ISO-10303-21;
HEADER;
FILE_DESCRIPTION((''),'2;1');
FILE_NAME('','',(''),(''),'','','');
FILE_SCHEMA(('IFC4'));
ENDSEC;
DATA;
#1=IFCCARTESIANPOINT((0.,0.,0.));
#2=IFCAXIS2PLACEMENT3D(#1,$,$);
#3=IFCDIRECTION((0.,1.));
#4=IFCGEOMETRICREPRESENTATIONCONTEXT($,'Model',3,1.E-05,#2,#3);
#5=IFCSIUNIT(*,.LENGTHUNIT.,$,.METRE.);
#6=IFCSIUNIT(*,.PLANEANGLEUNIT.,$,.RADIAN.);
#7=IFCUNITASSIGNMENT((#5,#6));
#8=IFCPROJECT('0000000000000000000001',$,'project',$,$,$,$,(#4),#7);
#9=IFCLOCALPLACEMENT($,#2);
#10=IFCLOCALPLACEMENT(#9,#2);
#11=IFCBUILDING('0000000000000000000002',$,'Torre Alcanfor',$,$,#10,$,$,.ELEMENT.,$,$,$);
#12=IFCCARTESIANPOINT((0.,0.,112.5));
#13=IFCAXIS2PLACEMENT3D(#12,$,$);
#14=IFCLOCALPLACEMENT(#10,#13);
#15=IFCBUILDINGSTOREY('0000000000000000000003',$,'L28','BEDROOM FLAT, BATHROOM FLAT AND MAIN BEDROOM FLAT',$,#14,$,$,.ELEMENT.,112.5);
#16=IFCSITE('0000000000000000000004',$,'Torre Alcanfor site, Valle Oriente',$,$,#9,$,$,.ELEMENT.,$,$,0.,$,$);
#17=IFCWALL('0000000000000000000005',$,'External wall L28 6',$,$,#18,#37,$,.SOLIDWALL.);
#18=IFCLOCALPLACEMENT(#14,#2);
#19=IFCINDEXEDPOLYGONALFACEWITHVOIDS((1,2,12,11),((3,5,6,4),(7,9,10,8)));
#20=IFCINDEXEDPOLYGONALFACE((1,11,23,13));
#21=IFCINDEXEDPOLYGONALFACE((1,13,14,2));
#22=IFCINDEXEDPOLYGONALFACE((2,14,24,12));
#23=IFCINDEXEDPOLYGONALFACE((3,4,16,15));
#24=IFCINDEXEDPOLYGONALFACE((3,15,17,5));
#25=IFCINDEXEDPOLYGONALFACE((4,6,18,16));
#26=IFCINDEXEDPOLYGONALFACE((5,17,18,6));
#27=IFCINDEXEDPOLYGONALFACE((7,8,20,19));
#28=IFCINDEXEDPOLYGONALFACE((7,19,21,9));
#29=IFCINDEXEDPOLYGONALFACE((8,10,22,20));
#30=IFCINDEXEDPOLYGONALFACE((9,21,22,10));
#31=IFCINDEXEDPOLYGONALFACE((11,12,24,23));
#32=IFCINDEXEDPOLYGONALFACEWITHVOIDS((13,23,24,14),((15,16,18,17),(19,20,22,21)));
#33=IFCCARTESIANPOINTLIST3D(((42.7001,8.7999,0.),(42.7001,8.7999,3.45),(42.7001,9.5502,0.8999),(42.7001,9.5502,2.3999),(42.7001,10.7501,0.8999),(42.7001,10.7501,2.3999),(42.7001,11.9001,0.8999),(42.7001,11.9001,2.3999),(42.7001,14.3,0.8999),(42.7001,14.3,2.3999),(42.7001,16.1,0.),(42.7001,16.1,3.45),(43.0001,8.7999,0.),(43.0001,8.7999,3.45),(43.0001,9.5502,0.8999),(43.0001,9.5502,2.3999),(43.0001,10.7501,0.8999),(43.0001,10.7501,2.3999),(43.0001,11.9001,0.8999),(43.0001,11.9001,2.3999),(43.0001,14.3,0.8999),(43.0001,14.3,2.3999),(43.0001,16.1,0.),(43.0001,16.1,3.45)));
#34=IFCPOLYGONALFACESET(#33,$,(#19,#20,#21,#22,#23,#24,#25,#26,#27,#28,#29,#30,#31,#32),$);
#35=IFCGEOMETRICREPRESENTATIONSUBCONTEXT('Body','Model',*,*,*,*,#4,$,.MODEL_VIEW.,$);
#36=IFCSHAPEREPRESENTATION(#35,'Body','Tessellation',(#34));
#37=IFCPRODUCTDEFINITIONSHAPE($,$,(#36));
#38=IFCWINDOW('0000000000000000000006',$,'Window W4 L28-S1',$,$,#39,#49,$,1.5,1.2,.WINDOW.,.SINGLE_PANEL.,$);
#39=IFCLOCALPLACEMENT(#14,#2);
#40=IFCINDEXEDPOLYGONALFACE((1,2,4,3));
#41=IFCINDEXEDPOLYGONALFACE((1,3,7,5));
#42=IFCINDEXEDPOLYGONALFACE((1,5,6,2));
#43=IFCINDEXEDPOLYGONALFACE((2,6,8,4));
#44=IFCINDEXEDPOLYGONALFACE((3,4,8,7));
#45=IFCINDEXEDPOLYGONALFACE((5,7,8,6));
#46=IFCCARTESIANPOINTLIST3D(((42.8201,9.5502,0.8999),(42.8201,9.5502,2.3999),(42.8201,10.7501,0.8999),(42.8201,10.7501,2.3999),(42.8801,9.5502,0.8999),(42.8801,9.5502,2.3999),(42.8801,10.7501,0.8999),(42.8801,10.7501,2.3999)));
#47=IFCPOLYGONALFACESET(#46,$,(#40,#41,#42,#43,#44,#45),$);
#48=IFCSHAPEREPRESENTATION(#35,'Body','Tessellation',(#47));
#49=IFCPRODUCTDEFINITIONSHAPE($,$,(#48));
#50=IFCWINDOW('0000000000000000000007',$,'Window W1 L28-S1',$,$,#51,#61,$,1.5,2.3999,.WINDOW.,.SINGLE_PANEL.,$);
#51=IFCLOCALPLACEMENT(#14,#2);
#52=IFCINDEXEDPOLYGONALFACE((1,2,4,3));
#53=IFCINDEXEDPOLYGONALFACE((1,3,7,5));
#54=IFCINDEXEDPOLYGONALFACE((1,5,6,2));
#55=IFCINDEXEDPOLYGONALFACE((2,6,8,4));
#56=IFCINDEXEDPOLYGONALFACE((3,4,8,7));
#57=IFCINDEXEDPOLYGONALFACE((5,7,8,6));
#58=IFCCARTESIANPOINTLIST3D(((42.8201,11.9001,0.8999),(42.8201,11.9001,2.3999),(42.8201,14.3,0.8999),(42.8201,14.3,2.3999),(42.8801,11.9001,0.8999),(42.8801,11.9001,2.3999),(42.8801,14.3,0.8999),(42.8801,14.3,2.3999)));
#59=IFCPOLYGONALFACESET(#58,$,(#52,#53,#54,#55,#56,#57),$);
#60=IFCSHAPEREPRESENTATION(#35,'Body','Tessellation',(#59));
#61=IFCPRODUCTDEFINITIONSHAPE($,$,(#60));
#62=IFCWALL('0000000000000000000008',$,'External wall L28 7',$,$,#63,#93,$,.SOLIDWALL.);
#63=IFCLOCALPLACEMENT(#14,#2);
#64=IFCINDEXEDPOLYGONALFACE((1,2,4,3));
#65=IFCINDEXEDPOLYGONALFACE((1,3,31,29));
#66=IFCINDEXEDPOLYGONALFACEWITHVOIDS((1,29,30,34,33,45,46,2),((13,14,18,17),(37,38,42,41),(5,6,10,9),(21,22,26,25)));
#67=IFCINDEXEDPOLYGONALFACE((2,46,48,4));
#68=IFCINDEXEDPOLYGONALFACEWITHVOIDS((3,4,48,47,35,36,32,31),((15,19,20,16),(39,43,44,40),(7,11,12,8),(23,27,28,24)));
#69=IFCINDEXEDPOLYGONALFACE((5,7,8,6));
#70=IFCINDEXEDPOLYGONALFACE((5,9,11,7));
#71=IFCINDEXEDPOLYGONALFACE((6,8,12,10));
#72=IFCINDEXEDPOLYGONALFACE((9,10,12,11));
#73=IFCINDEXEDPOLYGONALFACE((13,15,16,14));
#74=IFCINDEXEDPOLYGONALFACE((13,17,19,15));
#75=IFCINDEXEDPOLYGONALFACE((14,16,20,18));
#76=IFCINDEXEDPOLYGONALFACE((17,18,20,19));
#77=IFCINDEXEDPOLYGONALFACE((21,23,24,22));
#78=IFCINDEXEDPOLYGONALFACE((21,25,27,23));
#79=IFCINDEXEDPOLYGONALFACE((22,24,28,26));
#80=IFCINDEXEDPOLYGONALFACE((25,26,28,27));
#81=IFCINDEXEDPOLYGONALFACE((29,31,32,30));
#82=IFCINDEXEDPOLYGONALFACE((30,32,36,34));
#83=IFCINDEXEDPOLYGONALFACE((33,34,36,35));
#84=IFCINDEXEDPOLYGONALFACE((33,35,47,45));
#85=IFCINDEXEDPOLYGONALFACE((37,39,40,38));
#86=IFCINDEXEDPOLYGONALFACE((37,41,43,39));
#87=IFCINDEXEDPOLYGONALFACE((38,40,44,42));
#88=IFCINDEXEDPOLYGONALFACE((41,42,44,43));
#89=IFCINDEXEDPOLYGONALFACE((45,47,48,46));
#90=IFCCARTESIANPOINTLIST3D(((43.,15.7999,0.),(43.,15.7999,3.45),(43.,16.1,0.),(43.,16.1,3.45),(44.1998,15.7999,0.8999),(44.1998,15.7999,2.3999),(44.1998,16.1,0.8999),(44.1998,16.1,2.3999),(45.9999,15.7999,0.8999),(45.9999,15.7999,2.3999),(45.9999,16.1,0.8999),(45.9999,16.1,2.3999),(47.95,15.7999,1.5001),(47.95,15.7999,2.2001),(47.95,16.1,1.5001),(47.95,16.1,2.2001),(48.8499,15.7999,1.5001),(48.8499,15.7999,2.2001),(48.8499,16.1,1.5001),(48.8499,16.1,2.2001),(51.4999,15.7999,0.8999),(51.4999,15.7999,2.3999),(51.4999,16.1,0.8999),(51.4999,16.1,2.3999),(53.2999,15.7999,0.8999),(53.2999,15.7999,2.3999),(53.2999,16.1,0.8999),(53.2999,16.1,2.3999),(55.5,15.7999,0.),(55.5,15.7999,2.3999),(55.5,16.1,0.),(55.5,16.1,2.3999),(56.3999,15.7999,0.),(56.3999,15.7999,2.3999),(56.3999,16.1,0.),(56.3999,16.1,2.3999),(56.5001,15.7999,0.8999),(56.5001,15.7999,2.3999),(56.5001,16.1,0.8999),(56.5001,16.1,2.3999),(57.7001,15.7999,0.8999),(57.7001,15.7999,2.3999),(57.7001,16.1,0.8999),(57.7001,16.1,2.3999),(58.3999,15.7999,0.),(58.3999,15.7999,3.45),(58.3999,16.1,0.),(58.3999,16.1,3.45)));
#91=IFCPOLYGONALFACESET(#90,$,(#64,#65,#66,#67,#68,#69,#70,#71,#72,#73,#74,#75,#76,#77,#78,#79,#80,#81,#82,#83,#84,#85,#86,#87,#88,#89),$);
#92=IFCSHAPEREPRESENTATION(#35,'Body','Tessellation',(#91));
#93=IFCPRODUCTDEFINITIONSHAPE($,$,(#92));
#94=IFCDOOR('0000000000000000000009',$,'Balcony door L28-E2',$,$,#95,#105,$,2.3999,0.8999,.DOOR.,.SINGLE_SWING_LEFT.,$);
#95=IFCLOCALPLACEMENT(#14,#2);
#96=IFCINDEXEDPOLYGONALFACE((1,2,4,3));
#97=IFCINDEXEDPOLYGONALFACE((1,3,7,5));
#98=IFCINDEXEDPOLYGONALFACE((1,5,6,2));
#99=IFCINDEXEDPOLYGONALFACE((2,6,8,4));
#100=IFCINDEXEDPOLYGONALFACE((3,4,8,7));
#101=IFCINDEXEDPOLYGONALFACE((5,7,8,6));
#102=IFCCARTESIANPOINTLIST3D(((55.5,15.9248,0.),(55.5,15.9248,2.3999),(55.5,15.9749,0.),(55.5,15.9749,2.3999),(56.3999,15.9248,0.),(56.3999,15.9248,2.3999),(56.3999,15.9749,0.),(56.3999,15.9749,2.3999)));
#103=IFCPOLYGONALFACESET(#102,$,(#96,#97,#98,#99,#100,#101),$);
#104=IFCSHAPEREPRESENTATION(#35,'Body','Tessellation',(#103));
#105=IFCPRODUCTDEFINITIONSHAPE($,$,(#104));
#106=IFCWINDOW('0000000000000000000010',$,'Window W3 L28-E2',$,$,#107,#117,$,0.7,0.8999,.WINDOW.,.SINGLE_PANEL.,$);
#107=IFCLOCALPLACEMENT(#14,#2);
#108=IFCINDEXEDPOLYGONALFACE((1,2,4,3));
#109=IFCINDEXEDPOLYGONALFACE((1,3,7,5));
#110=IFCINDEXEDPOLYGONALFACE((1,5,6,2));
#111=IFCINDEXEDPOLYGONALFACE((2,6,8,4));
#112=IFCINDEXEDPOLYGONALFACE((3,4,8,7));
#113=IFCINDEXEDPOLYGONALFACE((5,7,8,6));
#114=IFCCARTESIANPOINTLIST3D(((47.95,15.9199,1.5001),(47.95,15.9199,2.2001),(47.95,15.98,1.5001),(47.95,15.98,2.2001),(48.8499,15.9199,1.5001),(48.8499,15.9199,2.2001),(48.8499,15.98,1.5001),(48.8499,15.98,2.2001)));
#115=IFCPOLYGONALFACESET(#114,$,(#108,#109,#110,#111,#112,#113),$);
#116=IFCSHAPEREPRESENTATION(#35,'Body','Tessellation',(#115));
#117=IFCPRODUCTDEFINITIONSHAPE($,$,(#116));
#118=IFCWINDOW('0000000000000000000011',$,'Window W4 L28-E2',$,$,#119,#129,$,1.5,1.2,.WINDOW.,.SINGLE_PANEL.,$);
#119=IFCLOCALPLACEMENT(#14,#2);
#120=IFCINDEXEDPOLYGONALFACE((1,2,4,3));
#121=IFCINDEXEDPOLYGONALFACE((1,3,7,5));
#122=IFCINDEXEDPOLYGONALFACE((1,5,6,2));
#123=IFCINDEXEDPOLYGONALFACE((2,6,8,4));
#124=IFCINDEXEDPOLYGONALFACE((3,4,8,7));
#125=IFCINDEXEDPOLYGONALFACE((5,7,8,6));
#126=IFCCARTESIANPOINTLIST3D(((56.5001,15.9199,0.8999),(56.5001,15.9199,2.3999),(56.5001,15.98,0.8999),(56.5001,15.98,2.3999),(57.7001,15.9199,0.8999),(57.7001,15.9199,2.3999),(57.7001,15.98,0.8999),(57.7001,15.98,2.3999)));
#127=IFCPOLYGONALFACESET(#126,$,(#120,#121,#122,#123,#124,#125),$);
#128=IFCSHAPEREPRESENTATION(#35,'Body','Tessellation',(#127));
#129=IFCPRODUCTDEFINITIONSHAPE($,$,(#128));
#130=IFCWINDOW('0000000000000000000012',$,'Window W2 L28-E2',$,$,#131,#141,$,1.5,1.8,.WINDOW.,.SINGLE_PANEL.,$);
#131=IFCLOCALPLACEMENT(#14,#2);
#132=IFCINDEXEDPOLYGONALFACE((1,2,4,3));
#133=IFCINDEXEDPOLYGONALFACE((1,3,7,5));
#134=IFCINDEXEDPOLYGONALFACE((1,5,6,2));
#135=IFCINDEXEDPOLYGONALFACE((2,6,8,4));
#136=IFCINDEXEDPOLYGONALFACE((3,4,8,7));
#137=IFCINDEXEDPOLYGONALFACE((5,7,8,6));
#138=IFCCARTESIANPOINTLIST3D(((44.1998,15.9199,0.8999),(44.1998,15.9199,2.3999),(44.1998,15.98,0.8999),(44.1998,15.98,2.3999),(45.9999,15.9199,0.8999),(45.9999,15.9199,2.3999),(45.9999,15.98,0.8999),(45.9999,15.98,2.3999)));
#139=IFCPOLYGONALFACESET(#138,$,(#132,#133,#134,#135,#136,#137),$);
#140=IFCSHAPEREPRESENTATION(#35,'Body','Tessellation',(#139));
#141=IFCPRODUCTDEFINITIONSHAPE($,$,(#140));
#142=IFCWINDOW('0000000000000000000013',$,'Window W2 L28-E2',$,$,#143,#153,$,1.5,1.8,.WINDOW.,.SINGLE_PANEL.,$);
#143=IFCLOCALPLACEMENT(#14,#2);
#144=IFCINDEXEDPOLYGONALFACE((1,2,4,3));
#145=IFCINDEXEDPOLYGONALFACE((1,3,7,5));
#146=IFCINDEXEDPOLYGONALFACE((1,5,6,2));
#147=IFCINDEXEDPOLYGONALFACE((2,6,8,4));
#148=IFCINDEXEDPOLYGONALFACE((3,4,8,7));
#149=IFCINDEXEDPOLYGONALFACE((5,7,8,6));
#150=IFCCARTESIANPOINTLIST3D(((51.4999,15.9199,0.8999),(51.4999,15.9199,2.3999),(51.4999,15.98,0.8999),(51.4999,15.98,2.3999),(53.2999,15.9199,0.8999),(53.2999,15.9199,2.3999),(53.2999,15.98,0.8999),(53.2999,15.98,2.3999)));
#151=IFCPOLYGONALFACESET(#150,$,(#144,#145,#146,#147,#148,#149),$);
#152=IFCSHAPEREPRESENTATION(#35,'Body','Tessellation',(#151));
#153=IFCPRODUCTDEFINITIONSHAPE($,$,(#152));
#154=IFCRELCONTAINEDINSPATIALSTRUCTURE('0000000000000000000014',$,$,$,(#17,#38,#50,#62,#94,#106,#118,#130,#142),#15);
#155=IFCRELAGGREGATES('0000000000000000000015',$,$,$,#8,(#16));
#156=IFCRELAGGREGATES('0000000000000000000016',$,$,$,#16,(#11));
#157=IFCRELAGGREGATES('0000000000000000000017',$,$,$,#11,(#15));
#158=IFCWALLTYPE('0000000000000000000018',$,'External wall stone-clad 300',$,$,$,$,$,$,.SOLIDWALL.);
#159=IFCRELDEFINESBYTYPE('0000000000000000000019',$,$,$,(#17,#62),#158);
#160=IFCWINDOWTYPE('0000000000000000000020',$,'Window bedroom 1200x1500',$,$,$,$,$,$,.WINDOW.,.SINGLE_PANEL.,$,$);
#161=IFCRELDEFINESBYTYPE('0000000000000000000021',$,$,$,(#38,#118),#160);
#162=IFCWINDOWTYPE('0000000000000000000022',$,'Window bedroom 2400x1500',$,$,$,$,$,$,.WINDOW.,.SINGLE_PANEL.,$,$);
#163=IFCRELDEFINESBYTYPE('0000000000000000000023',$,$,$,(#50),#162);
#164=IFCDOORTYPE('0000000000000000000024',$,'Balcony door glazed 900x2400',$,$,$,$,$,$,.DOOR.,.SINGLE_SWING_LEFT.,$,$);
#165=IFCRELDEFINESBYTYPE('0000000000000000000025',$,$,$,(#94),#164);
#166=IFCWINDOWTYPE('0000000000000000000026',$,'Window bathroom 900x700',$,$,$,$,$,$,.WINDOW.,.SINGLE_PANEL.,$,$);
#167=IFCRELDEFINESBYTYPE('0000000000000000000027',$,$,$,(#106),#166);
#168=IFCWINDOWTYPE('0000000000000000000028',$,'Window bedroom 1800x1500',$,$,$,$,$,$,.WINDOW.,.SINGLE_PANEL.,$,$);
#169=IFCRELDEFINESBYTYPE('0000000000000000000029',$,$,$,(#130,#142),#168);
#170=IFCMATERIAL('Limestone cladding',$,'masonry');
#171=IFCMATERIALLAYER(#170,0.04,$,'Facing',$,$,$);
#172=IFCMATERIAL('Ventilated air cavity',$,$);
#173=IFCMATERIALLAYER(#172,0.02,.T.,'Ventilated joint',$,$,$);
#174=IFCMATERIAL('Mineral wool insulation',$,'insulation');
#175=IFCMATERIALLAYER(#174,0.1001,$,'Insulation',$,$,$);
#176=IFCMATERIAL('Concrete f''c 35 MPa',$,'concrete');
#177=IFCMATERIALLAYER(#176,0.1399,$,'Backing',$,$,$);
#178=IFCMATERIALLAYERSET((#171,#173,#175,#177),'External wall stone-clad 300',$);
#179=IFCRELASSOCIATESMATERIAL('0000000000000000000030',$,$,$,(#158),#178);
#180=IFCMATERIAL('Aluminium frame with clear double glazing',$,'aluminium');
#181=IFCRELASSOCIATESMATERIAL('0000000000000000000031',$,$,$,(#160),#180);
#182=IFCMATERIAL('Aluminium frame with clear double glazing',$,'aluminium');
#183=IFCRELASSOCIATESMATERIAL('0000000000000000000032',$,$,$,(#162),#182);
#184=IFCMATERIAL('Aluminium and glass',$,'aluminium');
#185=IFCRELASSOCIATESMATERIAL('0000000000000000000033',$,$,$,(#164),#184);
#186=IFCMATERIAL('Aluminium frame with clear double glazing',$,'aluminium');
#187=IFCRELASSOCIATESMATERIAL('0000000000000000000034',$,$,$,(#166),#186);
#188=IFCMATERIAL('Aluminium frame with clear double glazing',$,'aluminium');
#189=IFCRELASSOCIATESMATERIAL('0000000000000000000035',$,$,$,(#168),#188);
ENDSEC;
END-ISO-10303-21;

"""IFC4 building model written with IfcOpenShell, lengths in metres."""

from ifc_helpers import new_model, si_unit, direction, frame, frame_2d, origin, place, context, subcontext, project, spatial, rectangle, extrude, material, layer, layer_set, type_object, element, fill, save


model = new_model("IFC4")

# Units and contexts
model_context = context("Model", 3, precision=1e-05, world=origin(), true_north=direction((0.0, 1.0)))
body_context = subcontext(model_context, "Body", "Model", "MODEL_VIEW")
ifc_project = project(units=[si_unit("LENGTHUNIT", "METRE"), si_unit("PLANEANGLEUNIT", "RADIAN")], contexts=[model_context])

# Site, building, storey
site_placement = place(None, origin())
site = spatial("IfcSite", under=ifc_project, at=site_placement, Name="Torre Alcanfor site, Valle Oriente", CompositionType="ELEMENT", RefElevation=0.0)
building_placement = place(site_placement, origin())
building = spatial("IfcBuilding", under=site, at=building_placement, Name="Torre Alcanfor", CompositionType="ELEMENT")
storey_placement = place(building_placement, frame((0.0, 0.0, 112.5)))
storey = spatial("IfcBuildingStorey", under=building, at=storey_placement, Name="L28", Description="BEDROOM FLAT, BATHROOM FLAT AND MAIN BEDROOM FLAT", CompositionType="ELEMENT", Elevation=112.5)

# Wall, openings, windows
ifc_material_1 = material(Name="Limestone cladding", Category="masonry")
ifc_layer_1 = layer(ifc_material_1, 0.04, Name="Facing")
ifc_material_2 = material(Name="Ventilated air cavity")
ifc_layer_2 = layer(ifc_material_2, 0.02, ventilated=True, Name="Ventilated joint")
ifc_material_3 = material(Name="Mineral wool insulation", Category="insulation")
ifc_layer_3 = layer(ifc_material_3, 0.1001, Name="Insulation")
ifc_material_4 = material(Name="Concrete f'c 35 MPa", Category="concrete")
ifc_layer_4 = layer(ifc_material_4, 0.1399, Name="Backing")
ifc_layer_set_1 = layer_set([ifc_layer_1, ifc_layer_2, ifc_layer_3, ifc_layer_4], Name="External wall stone-clad 300")
wall_type_1 = type_object("IfcWallType", Name="External wall stone-clad 300", PredefinedType="SOLIDWALL", material=ifc_layer_set_1)
wall_1_placement = place(storey_placement, frame((42.8501, 8.8, 0.0), z_axis=(0.0, 0.0, 1.0), x_axis=(0.0, 1.0, 0.0)))
wall_1 = element("IfcWall", 1, at=wall_1_placement, inside=storey, type_object=wall_type_1, Name="External wall L28 6", PredefinedType="SOLIDWALL", context=body_context, shape_type="SweptSolid", body=[
    extrude(rectangle(XDim=7.3, YDim=0.3, at=frame_2d((3.6499, 0.0))), origin(), (0.0, 0.0, 1.0), 3.45),
])
opening_1_placement = place(wall_1_placement, frame((3.1001, 0.0, 0.8999)))
opening_1 = element("IfcOpeningElement", 2, at=opening_1_placement, cuts=wall_1, PredefinedType="OPENING", context=body_context, shape_type="SweptSolid", body=[
    extrude(rectangle(XDim=2.3999, YDim=1.5, at=frame_2d((1.2, 0.75))), frame((0.0, 0.1599, 0.0), z_axis=(0.0, -1.0, 0.0), x_axis=(1.0, 0.0, 0.0)), (0.0, 0.0, 1.0), 0.3201),
])
opening_2_placement = place(wall_1_placement, frame((0.75, 0.0, 0.8999)))
opening_2 = element("IfcOpeningElement", 3, at=opening_2_placement, cuts=wall_1, PredefinedType="OPENING", context=body_context, shape_type="SweptSolid", body=[
    extrude(rectangle(XDim=1.2, YDim=1.5, at=frame_2d((0.6001, 0.75))), frame((0.0, 0.1599, 0.0), z_axis=(0.0, -1.0, 0.0), x_axis=(1.0, 0.0, 0.0)), (0.0, 0.0, 1.0), 0.3201),
])
ifc_material_5 = material(Name="Aluminium frame with clear double glazing", Category="aluminium")
window_type_1 = type_object("IfcWindowType", Name="Window bedroom 1200x1500", PartitioningType="SINGLE_PANEL", PredefinedType="WINDOW", material=ifc_material_5)
window_1_placement = place(opening_2_placement, origin())
window_1 = element("IfcWindow", 4, at=window_1_placement, inside=storey, type_object=window_type_1, Name="Window W4 L28-S1", OverallHeight=1.5, OverallWidth=1.2, PartitioningType="SINGLE_PANEL", PredefinedType="WINDOW", context=body_context, shape_type="SweptSolid", body=[
    extrude(rectangle(XDim=1.2, YDim=1.5, at=frame_2d((0.6001, 0.75))), frame((0.0, 0.03, 0.0), z_axis=(0.0, -1.0, 0.0), x_axis=(1.0, 0.0, 0.0)), (0.0, 0.0, 1.0), 0.0601),
])
fill(opening_2, window_1)
ifc_material_6 = material(Name="Aluminium frame with clear double glazing", Category="aluminium")
window_type_2 = type_object("IfcWindowType", Name="Window bedroom 2400x1500", PartitioningType="SINGLE_PANEL", PredefinedType="WINDOW", material=ifc_material_6)
window_2_placement = place(opening_1_placement, origin())
window_2 = element("IfcWindow", 5, at=window_2_placement, inside=storey, type_object=window_type_2, Name="Window W1 L28-S1", OverallHeight=1.5, OverallWidth=2.3999, PartitioningType="SINGLE_PANEL", PredefinedType="WINDOW", context=body_context, shape_type="SweptSolid", body=[
    extrude(rectangle(XDim=2.3999, YDim=1.5, at=frame_2d((1.2, 0.75))), frame((0.0, 0.03, 0.0), z_axis=(0.0, -1.0, 0.0), x_axis=(1.0, 0.0, 0.0)), (0.0, 0.0, 1.0), 0.0601),
])
fill(opening_1, window_2)

# Wall, openings, door, windows
wall_2_placement = place(storey_placement, frame((43.0, 15.95, 0.0), z_axis=(0.0, 0.0, 1.0), x_axis=(1.0, 0.0, 0.0)))
wall_2 = element("IfcWall", 6, at=wall_2_placement, inside=storey, type_object=wall_type_1, Name="External wall L28 7", PredefinedType="SOLIDWALL", context=body_context, shape_type="SweptSolid", body=[
    extrude(rectangle(XDim=15.3999, YDim=0.3, at=frame_2d((7.7, 0.0))), origin(), (0.0, 0.0, 1.0), 3.45),
])
opening_3_placement = place(wall_2_placement, frame((1.2, 0.0, 0.8999)))
opening_3 = element("IfcOpeningElement", 7, at=opening_3_placement, cuts=wall_2, PredefinedType="OPENING", context=body_context, shape_type="SweptSolid", body=[
    extrude(rectangle(XDim=1.8, YDim=1.5, at=frame_2d((0.8999, 0.75))), frame((0.0, 0.1599, 0.0), z_axis=(0.0, -1.0, 0.0), x_axis=(1.0, 0.0, 0.0)), (0.0, 0.0, 1.0), 0.3201),
])
opening_4_placement = place(wall_2_placement, frame((4.95, 0.0, 1.5)))
opening_4 = element("IfcOpeningElement", 8, at=opening_4_placement, cuts=wall_2, PredefinedType="OPENING", context=body_context, shape_type="SweptSolid", body=[
    extrude(rectangle(XDim=0.8999, YDim=0.7, at=frame_2d((0.45, 0.3501))), frame((0.0, 0.1599, 0.0), z_axis=(0.0, -1.0, 0.0), x_axis=(1.0, 0.0, 0.0)), (0.0, 0.0, 1.0), 0.3201),
])
opening_5_placement = place(wall_2_placement, frame((8.5, 0.0, 0.8999)))
opening_5 = element("IfcOpeningElement", 9, at=opening_5_placement, cuts=wall_2, PredefinedType="OPENING", context=body_context, shape_type="SweptSolid", body=[
    extrude(rectangle(XDim=1.8, YDim=1.5, at=frame_2d((0.8999, 0.75))), frame((0.0, 0.1599, 0.0), z_axis=(0.0, -1.0, 0.0), x_axis=(1.0, 0.0, 0.0)), (0.0, 0.0, 1.0), 0.3201),
])
opening_6_placement = place(wall_2_placement, frame((12.5, 0.0, 0.0)))
opening_6 = element("IfcOpeningElement", 10, at=opening_6_placement, cuts=wall_2, PredefinedType="OPENING", context=body_context, shape_type="SweptSolid", body=[
    extrude(rectangle(XDim=0.8999, YDim=2.3999, at=frame_2d((0.45, 1.2))), frame((0.0, 0.1599, 0.0), z_axis=(0.0, -1.0, 0.0), x_axis=(1.0, 0.0, 0.0)), (0.0, 0.0, 1.0), 0.3201),
])
opening_7_placement = place(wall_2_placement, frame((13.5, 0.0, 0.8999)))
opening_7 = element("IfcOpeningElement", 11, at=opening_7_placement, cuts=wall_2, PredefinedType="OPENING", context=body_context, shape_type="SweptSolid", body=[
    extrude(rectangle(XDim=1.2, YDim=1.5, at=frame_2d((0.6001, 0.75))), frame((0.0, 0.1599, 0.0), z_axis=(0.0, -1.0, 0.0), x_axis=(1.0, 0.0, 0.0)), (0.0, 0.0, 1.0), 0.3201),
])
ifc_material_7 = material(Name="Aluminium and glass", Category="aluminium")
door_type_1 = type_object("IfcDoorType", Name="Balcony door glazed 900x2400", OperationType="SINGLE_SWING_LEFT", PredefinedType="DOOR", material=ifc_material_7)
door_1_placement = place(opening_6_placement, origin())
door_1 = element("IfcDoor", 12, at=door_1_placement, inside=storey, type_object=door_type_1, Name="Balcony door L28-E2", OperationType="SINGLE_SWING_LEFT", OverallHeight=2.3999, OverallWidth=0.8999, PredefinedType="DOOR", context=body_context, shape_type="SweptSolid", body=[
    extrude(rectangle(XDim=0.8999, YDim=2.3999, at=frame_2d((0.45, 1.2))), frame((0.0, 0.0249, 0.0), z_axis=(0.0, -1.0, 0.0), x_axis=(1.0, 0.0, 0.0)), (0.0, 0.0, 1.0), 0.05),
])
fill(opening_6, door_1)
ifc_material_8 = material(Name="Aluminium frame with clear double glazing", Category="aluminium")
window_type_3 = type_object("IfcWindowType", Name="Window bathroom 900x700", PartitioningType="SINGLE_PANEL", PredefinedType="WINDOW", material=ifc_material_8)
window_3_placement = place(opening_4_placement, origin())
window_3 = element("IfcWindow", 13, at=window_3_placement, inside=storey, type_object=window_type_3, Name="Window W3 L28-E2", OverallHeight=0.7, OverallWidth=0.8999, PartitioningType="SINGLE_PANEL", PredefinedType="WINDOW", context=body_context, shape_type="SweptSolid", body=[
    extrude(rectangle(XDim=0.8999, YDim=0.7, at=frame_2d((0.45, 0.3501))), frame((0.0, 0.03, 0.0), z_axis=(0.0, -1.0, 0.0), x_axis=(1.0, 0.0, 0.0)), (0.0, 0.0, 1.0), 0.0601),
])
fill(opening_4, window_3)
window_4_placement = place(opening_7_placement, origin())
window_4 = element("IfcWindow", 14, at=window_4_placement, inside=storey, type_object=window_type_1, Name="Window W4 L28-E2", OverallHeight=1.5, OverallWidth=1.2, PartitioningType="SINGLE_PANEL", PredefinedType="WINDOW", context=body_context, shape_type="SweptSolid", body=[
    extrude(rectangle(XDim=1.2, YDim=1.5, at=frame_2d((0.6001, 0.75))), frame((0.0, 0.03, 0.0), z_axis=(0.0, -1.0, 0.0), x_axis=(1.0, 0.0, 0.0)), (0.0, 0.0, 1.0), 0.0601),
])
fill(opening_7, window_4)
ifc_material_9 = material(Name="Aluminium frame with clear double glazing", Category="aluminium")
window_type_4 = type_object("IfcWindowType", Name="Window bedroom 1800x1500", PartitioningType="SINGLE_PANEL", PredefinedType="WINDOW", material=ifc_material_9)
window_5_placement = place(opening_3_placement, origin())
window_5 = element("IfcWindow", 15, at=window_5_placement, inside=storey, type_object=window_type_4, Name="Window W2 L28-E2", OverallHeight=1.5, OverallWidth=1.8, PartitioningType="SINGLE_PANEL", PredefinedType="WINDOW", context=body_context, shape_type="SweptSolid", body=[
    extrude(rectangle(XDim=1.8, YDim=1.5, at=frame_2d((0.8999, 0.75))), frame((0.0, 0.03, 0.0), z_axis=(0.0, -1.0, 0.0), x_axis=(1.0, 0.0, 0.0)), (0.0, 0.0, 1.0), 0.0601),
])
fill(opening_3, window_5)
window_6_placement = place(opening_5_placement, origin())
window_6 = element("IfcWindow", 16, at=window_6_placement, inside=storey, type_object=window_type_4, Name="Window W2 L28-E2", OverallHeight=1.5, OverallWidth=1.8, PartitioningType="SINGLE_PANEL", PredefinedType="WINDOW", context=body_context, shape_type="SweptSolid", body=[
    extrude(rectangle(XDim=1.8, YDim=1.5, at=frame_2d((0.8999, 0.75))), frame((0.0, 0.03, 0.0), z_axis=(0.0, -1.0, 0.0), x_axis=(1.0, 0.0, 0.0)), (0.0, 0.0, 1.0), 0.0601),
])
fill(opening_5, window_6)

save(model, "model.ifc")
